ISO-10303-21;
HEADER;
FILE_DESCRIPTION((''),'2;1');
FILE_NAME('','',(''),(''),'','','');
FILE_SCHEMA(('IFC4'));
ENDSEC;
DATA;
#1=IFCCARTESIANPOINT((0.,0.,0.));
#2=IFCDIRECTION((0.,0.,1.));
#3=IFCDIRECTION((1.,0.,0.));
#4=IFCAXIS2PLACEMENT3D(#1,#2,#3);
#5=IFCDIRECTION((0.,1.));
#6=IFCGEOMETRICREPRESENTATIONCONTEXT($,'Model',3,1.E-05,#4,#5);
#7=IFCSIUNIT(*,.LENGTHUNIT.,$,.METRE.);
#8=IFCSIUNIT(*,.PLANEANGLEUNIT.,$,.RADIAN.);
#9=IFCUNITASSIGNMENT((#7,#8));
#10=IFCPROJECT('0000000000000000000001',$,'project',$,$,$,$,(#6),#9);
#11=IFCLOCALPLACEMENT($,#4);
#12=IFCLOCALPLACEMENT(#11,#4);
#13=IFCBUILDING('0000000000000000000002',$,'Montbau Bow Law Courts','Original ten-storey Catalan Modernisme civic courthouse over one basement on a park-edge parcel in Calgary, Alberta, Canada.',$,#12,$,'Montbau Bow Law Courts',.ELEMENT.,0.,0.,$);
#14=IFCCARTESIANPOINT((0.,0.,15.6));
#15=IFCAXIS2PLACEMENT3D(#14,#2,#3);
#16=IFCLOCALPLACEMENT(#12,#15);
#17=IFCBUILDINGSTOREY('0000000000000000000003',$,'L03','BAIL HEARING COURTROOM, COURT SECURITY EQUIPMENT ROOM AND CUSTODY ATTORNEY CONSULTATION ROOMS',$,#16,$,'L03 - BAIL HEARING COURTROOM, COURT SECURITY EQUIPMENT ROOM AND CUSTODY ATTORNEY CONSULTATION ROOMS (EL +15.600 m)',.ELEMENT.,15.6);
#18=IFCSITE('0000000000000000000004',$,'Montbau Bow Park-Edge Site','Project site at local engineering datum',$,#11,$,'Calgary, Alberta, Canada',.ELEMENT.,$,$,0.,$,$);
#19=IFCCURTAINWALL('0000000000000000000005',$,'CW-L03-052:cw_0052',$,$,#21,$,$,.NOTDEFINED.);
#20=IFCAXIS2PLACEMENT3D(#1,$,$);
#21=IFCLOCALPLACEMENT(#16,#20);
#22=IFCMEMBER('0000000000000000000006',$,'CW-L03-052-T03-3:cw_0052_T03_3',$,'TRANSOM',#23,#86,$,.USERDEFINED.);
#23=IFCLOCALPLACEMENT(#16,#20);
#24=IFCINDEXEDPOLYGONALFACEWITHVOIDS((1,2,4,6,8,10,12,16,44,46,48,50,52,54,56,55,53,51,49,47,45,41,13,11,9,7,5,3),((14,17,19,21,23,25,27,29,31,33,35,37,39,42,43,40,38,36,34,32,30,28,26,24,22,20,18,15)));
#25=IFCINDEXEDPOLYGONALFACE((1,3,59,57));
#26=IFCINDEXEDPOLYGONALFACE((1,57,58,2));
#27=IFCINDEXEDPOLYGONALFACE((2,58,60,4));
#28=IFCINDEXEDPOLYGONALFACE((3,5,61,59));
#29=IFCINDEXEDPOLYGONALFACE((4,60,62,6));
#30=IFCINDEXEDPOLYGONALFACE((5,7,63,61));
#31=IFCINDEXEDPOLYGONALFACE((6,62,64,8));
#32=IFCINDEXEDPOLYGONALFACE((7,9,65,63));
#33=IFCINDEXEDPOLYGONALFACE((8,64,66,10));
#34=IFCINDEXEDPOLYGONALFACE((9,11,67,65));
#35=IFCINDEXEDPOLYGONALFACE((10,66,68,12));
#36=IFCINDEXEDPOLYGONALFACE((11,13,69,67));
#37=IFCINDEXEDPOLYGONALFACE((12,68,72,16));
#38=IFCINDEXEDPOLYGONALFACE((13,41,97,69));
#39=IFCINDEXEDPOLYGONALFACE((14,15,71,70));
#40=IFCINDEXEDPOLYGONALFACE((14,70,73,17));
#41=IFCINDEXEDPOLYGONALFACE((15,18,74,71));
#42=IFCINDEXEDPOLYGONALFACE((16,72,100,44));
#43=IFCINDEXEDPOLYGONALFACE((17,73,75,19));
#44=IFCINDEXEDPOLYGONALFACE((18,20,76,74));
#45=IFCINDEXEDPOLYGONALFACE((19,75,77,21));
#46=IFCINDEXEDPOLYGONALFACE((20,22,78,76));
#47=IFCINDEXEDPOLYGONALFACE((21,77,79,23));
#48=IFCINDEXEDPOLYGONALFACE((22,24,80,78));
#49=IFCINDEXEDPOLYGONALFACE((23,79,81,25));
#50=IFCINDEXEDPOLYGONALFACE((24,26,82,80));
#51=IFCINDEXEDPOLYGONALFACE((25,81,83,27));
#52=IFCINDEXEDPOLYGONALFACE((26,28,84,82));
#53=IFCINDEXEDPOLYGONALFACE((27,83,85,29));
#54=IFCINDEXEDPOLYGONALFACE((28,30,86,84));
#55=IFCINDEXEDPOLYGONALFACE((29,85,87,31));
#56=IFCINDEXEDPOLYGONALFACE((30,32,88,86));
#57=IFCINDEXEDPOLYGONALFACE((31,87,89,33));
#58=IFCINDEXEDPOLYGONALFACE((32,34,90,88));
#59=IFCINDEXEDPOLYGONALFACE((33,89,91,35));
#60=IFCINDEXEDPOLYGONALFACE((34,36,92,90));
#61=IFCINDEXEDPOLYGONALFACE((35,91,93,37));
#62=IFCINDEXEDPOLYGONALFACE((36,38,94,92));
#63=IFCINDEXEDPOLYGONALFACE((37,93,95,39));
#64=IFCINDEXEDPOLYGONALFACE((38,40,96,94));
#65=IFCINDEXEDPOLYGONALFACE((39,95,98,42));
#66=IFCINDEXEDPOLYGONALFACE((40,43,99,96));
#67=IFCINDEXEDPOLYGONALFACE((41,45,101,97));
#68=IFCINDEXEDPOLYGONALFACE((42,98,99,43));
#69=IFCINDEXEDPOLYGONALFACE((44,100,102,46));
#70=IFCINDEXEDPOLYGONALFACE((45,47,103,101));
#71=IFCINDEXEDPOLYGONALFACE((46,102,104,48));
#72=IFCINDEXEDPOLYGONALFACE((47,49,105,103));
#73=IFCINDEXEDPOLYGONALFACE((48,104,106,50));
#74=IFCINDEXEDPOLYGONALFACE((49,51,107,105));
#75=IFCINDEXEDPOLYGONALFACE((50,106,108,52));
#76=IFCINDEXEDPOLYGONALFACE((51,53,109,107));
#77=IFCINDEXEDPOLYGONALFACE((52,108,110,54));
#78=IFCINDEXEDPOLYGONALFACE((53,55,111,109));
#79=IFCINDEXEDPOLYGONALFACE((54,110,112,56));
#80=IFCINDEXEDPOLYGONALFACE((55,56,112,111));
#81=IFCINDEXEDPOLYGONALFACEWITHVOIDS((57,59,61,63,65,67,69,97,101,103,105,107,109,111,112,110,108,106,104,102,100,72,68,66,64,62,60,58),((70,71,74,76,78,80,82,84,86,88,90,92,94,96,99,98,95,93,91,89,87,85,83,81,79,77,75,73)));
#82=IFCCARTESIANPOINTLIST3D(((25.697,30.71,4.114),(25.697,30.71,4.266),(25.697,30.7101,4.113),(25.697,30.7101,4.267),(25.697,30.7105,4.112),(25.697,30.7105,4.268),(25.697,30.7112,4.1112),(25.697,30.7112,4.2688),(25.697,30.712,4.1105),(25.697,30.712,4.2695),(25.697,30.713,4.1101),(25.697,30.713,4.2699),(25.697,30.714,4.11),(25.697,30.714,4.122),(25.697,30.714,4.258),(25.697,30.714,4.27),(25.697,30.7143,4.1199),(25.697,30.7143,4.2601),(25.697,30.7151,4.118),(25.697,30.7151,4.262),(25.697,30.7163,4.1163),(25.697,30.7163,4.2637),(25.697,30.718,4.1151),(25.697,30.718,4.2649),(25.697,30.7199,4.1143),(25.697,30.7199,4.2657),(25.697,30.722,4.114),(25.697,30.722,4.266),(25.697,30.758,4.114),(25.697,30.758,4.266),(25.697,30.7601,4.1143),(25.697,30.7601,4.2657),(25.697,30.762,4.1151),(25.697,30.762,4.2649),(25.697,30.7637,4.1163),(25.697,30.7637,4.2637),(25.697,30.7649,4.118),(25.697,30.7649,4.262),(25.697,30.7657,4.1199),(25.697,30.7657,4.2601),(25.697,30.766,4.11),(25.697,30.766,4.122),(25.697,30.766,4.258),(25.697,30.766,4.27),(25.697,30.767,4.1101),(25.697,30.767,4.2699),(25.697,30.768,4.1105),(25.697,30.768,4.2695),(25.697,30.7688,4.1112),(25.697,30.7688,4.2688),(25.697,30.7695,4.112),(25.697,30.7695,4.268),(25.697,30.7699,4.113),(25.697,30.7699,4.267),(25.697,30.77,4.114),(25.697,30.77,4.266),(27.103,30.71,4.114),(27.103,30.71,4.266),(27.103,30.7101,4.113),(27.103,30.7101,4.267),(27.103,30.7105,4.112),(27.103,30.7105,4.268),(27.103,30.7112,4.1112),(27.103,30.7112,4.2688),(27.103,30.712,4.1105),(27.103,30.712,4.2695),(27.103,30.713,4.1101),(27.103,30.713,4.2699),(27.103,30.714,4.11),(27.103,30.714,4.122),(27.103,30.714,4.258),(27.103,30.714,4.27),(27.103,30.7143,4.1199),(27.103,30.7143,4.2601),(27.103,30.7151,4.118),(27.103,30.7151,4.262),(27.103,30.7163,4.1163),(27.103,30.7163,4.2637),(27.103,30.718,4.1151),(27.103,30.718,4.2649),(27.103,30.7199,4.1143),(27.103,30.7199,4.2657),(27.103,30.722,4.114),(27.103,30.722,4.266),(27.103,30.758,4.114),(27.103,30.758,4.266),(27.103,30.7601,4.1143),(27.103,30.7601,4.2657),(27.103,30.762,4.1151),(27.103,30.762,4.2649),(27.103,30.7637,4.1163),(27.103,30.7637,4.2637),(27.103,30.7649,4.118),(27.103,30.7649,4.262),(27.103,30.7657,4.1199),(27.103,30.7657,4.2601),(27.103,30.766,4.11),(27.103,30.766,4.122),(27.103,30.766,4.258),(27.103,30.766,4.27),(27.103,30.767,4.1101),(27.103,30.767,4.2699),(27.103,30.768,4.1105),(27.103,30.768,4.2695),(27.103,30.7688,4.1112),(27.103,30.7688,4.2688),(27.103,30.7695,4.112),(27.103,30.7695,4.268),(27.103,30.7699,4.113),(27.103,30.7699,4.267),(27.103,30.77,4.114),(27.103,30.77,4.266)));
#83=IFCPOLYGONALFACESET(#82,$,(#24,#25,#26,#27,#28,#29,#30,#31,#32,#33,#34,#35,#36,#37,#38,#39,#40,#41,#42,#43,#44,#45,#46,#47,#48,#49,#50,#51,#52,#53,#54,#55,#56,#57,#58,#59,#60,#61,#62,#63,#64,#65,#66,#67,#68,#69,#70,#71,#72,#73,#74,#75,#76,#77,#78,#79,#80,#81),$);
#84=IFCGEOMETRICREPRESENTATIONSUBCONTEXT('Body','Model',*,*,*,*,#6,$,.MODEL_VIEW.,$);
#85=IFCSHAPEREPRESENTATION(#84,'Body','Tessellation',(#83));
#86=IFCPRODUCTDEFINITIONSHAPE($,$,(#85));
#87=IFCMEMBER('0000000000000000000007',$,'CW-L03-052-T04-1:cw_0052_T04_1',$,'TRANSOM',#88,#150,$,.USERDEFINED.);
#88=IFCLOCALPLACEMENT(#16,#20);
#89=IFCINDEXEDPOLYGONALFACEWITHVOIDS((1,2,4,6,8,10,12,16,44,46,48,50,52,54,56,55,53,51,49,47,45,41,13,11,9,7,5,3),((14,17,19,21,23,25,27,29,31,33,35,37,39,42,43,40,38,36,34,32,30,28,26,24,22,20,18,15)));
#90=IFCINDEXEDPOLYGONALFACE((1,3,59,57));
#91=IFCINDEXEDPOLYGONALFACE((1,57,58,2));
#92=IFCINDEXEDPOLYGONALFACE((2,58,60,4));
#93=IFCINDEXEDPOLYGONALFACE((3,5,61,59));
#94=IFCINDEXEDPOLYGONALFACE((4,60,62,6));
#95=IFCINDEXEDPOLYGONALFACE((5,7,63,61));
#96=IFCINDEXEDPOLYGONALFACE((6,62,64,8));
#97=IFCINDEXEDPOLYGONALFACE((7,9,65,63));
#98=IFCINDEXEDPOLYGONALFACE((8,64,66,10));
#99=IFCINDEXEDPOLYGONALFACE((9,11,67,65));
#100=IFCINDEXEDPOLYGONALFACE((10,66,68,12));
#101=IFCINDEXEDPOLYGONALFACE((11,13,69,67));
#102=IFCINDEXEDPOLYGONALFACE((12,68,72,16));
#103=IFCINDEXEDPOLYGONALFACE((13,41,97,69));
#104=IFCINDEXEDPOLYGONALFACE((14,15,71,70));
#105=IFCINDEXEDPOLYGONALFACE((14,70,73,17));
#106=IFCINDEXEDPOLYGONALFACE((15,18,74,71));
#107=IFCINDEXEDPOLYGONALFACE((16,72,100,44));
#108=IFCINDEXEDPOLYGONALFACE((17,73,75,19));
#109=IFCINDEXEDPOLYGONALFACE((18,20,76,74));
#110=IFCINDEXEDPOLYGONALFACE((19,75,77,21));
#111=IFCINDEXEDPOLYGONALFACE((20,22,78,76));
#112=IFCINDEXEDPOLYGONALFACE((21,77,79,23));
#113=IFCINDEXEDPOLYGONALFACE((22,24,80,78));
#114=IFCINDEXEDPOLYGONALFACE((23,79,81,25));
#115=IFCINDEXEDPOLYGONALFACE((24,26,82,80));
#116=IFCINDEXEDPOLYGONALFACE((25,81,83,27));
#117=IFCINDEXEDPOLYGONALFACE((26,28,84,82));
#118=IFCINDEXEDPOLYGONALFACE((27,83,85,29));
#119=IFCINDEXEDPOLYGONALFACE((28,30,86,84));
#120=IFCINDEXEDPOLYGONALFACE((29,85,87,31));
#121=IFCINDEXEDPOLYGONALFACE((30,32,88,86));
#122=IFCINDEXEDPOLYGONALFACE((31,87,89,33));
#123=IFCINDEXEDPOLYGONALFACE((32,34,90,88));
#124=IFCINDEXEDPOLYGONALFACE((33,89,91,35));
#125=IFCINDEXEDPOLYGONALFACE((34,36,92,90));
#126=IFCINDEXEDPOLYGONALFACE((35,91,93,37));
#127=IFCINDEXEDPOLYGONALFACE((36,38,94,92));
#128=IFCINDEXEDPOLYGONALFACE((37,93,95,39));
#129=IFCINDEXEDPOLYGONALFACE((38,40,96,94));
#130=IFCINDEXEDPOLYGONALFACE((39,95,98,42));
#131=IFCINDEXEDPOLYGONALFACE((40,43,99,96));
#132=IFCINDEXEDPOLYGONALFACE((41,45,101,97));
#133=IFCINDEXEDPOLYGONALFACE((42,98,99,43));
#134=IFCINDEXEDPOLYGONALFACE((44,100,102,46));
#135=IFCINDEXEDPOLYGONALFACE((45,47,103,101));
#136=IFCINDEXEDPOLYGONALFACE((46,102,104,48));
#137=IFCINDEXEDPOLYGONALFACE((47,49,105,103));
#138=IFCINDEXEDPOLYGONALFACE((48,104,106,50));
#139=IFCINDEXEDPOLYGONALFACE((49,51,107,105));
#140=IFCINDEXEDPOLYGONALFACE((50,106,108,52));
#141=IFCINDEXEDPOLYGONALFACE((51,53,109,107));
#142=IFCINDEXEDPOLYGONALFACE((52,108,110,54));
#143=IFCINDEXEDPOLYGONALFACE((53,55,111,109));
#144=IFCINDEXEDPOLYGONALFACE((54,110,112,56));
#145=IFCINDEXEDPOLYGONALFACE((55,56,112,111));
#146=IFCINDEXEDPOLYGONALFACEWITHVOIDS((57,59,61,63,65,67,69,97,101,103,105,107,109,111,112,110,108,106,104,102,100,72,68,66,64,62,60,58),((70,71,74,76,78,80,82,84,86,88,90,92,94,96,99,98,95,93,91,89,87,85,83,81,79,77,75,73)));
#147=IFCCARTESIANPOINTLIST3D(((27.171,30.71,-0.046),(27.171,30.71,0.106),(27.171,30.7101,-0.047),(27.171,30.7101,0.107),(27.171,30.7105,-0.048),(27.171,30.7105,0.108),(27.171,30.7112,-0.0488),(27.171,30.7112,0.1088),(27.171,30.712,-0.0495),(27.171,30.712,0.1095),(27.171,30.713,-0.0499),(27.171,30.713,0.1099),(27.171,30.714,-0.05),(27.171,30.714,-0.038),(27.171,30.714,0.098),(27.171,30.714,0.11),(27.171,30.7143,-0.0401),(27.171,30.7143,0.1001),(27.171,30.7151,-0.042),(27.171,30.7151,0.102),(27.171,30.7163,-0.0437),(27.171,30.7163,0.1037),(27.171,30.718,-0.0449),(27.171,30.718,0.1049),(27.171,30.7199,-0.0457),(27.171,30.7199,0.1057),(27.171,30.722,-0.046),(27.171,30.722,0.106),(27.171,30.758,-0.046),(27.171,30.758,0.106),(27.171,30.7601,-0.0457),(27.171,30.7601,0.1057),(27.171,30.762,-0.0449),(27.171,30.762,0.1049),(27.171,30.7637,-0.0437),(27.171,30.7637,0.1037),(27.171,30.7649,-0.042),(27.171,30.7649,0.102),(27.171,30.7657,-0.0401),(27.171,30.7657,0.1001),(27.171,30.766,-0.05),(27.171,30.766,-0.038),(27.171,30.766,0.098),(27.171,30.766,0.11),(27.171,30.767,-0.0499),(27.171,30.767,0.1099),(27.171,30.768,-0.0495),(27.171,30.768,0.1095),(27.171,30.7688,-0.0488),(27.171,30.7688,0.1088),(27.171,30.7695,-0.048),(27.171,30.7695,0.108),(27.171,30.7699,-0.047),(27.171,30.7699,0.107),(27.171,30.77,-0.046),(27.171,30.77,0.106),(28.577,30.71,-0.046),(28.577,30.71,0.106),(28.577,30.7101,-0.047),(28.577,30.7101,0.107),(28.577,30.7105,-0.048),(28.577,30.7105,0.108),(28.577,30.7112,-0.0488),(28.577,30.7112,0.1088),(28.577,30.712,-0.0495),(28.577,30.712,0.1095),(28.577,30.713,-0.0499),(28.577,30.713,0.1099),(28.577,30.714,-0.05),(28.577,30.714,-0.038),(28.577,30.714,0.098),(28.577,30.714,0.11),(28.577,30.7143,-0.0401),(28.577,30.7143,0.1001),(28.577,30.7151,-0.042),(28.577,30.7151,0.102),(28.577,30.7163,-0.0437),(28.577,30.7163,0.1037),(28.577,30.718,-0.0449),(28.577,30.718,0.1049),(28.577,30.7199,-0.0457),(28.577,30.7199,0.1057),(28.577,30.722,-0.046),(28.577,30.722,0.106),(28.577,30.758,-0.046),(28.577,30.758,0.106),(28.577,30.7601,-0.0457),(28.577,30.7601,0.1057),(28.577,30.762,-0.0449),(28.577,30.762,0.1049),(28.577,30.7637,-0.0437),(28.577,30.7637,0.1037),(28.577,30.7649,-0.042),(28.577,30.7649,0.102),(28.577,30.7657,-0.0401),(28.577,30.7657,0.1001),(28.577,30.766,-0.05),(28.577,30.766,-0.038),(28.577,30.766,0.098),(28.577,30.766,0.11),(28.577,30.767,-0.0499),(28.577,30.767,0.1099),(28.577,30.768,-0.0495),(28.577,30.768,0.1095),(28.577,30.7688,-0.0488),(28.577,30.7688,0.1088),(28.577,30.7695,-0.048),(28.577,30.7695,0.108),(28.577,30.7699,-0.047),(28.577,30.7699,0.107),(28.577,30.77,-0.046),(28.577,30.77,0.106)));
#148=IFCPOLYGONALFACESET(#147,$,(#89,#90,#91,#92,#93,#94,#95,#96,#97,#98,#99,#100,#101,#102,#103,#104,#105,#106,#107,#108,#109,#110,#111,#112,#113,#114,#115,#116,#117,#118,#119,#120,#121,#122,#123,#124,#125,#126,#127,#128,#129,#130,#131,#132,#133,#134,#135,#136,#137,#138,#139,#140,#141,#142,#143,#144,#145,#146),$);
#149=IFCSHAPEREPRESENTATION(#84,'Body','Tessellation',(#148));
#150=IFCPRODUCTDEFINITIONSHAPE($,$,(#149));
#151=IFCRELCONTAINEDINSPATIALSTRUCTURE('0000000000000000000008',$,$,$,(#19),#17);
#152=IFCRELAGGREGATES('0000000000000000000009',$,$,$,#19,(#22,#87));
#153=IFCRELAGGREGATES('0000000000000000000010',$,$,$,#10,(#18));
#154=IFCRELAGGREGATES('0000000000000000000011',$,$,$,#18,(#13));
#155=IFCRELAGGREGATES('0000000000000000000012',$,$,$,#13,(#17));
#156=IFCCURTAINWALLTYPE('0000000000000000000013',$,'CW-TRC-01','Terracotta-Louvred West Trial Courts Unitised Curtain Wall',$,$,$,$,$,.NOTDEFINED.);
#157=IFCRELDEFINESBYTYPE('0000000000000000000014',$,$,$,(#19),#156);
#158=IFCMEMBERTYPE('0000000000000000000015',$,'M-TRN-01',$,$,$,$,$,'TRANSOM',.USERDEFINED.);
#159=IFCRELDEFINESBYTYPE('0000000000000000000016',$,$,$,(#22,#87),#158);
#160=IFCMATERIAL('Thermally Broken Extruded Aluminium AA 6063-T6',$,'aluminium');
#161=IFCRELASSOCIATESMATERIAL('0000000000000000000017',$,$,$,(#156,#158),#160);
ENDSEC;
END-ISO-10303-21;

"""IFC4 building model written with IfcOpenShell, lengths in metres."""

from ifc_helpers import new_model, si_unit, direction, frame, origin_with_axes, origin_2d_with_axis, place, context, subcontext, project, spatial, hollow_rectangle, extrude, material, material_profile, profile_set, type_object, element, aggregate, save


model = new_model("IFC4")

# Units and contexts
model_context = context("Model", 3, precision=1e-05, world=origin_with_axes(), true_north=direction((0.0, 1.0)))
body_context = subcontext(model_context, "Body", "Model", "MODEL_VIEW")
ifc_project = project(units=[si_unit("LENGTHUNIT", "METRE"), si_unit("PLANEANGLEUNIT", "RADIAN")], contexts=[model_context])

# Site, building, storey
site_placement = place(None, origin_with_axes())
site = spatial("IfcSite", under=ifc_project, at=site_placement, Name="Montbau Bow Park-Edge Site", Description="Project site at local engineering datum", LongName="Calgary, Alberta, Canada", CompositionType="ELEMENT", RefElevation=0.0)
building_placement = place(site_placement, origin_with_axes())
building = spatial("IfcBuilding", under=site, at=building_placement, Name="Montbau Bow Law Courts", Description="Original ten-storey Catalan Modernisme civic courthouse over one basement on a park-edge parcel in Calgary, Alberta, Canada.", LongName="Montbau Bow Law Courts", CompositionType="ELEMENT", ElevationOfRefHeight=0.0, ElevationOfTerrain=0.0)
storey_placement = place(building_placement, frame((0.0, 0.0, 15.6), z_axis=(0.0, 0.0, 1.0), x_axis=(1.0, 0.0, 0.0)))
storey = spatial("IfcBuildingStorey", under=building, at=storey_placement, Name="L03", Description="BAIL HEARING COURTROOM, COURT SECURITY EQUIPMENT ROOM AND CUSTODY ATTORNEY CONSULTATION ROOMS", LongName="L03 - BAIL HEARING COURTROOM, COURT SECURITY EQUIPMENT ROOM AND CUSTODY ATTORNEY CONSULTATION ROOMS (EL +15.600 m)", CompositionType="ELEMENT", Elevation=15.6)

# Curtain wall, members
ifc_material_1 = material(Name="Thermally Broken Extruded Aluminium AA 6063-T6", Category="aluminium")
curtain_wall_type = type_object("IfcCurtainWallType", Name="CW-TRC-01", Description="Terracotta-Louvred West Trial Courts Unitised Curtain Wall", PredefinedType="NOTDEFINED", material=ifc_material_1)
curtain_wall_placement = place(None, frame((22.715, 30.74, 15.6), z_axis=(0.0, 0.0, 1.0), x_axis=(1.0, 0.0, 0.0)))
curtain_wall = element("IfcCurtainWall", 1, at=curtain_wall_placement, inside=storey, type_object=curtain_wall_type, Name="CW-L03-052:cw_0052", PredefinedType="NOTDEFINED")
ifc_material_profile_1 = material_profile(ifc_material_1, hollow_rectangle(XDim=0.06, YDim=0.16, WallThickness=0.004, InnerFilletRadius=0.008, OuterFilletRadius=0.004, at=origin_2d_with_axis()), Name="CWT-160X60", Category="Main", Priority=0)
ifc_profile_set_1 = profile_set([ifc_material_profile_1], Name="Thermally Broken Extruded Aluminium AA 6063-T6")
member_type_1 = type_object("IfcMemberType", Name="M-TRN-01", ElementType="TRANSOM", PredefinedType="USERDEFINED", material=ifc_profile_set_1)
member_1_placement = place(None, frame((25.697, 30.74, 19.79), z_axis=(1.0, 0.0, 0.0), x_axis=(0.0, 1.0, 0.0)))
member_1 = element("IfcMember", 2, at=member_1_placement, type_object=member_type_1, Name="CW-L03-052-T03-3:cw_0052_T03_3", ObjectType="TRANSOM", PredefinedType="USERDEFINED", context=body_context, shape_type="SweptSolid", body=[
    extrude(hollow_rectangle(XDim=0.06, YDim=0.16, WallThickness=0.004, InnerFilletRadius=0.008, OuterFilletRadius=0.004, at=origin_2d_with_axis()), origin_with_axes(), (0.0, 0.0, 1.0), 1.406),
])
member_2_placement = place(None, frame((27.171, 30.74, 15.63), z_axis=(1.0, 0.0, 0.0), x_axis=(0.0, 1.0, 0.0)))
member_2 = element("IfcMember", 3, at=member_2_placement, type_object=member_type_1, Name="CW-L03-052-T04-1:cw_0052_T04_1", ObjectType="TRANSOM", PredefinedType="USERDEFINED", context=body_context, shape_type="SweptSolid", body=[
    extrude(hollow_rectangle(XDim=0.06, YDim=0.16, WallThickness=0.004, InnerFilletRadius=0.008, OuterFilletRadius=0.004, at=origin_2d_with_axis()), origin_with_axes(), (0.0, 0.0, 1.0), 1.406),
])
aggregate(curtain_wall, [member_1, member_2])

save(model, "model.ifc")
